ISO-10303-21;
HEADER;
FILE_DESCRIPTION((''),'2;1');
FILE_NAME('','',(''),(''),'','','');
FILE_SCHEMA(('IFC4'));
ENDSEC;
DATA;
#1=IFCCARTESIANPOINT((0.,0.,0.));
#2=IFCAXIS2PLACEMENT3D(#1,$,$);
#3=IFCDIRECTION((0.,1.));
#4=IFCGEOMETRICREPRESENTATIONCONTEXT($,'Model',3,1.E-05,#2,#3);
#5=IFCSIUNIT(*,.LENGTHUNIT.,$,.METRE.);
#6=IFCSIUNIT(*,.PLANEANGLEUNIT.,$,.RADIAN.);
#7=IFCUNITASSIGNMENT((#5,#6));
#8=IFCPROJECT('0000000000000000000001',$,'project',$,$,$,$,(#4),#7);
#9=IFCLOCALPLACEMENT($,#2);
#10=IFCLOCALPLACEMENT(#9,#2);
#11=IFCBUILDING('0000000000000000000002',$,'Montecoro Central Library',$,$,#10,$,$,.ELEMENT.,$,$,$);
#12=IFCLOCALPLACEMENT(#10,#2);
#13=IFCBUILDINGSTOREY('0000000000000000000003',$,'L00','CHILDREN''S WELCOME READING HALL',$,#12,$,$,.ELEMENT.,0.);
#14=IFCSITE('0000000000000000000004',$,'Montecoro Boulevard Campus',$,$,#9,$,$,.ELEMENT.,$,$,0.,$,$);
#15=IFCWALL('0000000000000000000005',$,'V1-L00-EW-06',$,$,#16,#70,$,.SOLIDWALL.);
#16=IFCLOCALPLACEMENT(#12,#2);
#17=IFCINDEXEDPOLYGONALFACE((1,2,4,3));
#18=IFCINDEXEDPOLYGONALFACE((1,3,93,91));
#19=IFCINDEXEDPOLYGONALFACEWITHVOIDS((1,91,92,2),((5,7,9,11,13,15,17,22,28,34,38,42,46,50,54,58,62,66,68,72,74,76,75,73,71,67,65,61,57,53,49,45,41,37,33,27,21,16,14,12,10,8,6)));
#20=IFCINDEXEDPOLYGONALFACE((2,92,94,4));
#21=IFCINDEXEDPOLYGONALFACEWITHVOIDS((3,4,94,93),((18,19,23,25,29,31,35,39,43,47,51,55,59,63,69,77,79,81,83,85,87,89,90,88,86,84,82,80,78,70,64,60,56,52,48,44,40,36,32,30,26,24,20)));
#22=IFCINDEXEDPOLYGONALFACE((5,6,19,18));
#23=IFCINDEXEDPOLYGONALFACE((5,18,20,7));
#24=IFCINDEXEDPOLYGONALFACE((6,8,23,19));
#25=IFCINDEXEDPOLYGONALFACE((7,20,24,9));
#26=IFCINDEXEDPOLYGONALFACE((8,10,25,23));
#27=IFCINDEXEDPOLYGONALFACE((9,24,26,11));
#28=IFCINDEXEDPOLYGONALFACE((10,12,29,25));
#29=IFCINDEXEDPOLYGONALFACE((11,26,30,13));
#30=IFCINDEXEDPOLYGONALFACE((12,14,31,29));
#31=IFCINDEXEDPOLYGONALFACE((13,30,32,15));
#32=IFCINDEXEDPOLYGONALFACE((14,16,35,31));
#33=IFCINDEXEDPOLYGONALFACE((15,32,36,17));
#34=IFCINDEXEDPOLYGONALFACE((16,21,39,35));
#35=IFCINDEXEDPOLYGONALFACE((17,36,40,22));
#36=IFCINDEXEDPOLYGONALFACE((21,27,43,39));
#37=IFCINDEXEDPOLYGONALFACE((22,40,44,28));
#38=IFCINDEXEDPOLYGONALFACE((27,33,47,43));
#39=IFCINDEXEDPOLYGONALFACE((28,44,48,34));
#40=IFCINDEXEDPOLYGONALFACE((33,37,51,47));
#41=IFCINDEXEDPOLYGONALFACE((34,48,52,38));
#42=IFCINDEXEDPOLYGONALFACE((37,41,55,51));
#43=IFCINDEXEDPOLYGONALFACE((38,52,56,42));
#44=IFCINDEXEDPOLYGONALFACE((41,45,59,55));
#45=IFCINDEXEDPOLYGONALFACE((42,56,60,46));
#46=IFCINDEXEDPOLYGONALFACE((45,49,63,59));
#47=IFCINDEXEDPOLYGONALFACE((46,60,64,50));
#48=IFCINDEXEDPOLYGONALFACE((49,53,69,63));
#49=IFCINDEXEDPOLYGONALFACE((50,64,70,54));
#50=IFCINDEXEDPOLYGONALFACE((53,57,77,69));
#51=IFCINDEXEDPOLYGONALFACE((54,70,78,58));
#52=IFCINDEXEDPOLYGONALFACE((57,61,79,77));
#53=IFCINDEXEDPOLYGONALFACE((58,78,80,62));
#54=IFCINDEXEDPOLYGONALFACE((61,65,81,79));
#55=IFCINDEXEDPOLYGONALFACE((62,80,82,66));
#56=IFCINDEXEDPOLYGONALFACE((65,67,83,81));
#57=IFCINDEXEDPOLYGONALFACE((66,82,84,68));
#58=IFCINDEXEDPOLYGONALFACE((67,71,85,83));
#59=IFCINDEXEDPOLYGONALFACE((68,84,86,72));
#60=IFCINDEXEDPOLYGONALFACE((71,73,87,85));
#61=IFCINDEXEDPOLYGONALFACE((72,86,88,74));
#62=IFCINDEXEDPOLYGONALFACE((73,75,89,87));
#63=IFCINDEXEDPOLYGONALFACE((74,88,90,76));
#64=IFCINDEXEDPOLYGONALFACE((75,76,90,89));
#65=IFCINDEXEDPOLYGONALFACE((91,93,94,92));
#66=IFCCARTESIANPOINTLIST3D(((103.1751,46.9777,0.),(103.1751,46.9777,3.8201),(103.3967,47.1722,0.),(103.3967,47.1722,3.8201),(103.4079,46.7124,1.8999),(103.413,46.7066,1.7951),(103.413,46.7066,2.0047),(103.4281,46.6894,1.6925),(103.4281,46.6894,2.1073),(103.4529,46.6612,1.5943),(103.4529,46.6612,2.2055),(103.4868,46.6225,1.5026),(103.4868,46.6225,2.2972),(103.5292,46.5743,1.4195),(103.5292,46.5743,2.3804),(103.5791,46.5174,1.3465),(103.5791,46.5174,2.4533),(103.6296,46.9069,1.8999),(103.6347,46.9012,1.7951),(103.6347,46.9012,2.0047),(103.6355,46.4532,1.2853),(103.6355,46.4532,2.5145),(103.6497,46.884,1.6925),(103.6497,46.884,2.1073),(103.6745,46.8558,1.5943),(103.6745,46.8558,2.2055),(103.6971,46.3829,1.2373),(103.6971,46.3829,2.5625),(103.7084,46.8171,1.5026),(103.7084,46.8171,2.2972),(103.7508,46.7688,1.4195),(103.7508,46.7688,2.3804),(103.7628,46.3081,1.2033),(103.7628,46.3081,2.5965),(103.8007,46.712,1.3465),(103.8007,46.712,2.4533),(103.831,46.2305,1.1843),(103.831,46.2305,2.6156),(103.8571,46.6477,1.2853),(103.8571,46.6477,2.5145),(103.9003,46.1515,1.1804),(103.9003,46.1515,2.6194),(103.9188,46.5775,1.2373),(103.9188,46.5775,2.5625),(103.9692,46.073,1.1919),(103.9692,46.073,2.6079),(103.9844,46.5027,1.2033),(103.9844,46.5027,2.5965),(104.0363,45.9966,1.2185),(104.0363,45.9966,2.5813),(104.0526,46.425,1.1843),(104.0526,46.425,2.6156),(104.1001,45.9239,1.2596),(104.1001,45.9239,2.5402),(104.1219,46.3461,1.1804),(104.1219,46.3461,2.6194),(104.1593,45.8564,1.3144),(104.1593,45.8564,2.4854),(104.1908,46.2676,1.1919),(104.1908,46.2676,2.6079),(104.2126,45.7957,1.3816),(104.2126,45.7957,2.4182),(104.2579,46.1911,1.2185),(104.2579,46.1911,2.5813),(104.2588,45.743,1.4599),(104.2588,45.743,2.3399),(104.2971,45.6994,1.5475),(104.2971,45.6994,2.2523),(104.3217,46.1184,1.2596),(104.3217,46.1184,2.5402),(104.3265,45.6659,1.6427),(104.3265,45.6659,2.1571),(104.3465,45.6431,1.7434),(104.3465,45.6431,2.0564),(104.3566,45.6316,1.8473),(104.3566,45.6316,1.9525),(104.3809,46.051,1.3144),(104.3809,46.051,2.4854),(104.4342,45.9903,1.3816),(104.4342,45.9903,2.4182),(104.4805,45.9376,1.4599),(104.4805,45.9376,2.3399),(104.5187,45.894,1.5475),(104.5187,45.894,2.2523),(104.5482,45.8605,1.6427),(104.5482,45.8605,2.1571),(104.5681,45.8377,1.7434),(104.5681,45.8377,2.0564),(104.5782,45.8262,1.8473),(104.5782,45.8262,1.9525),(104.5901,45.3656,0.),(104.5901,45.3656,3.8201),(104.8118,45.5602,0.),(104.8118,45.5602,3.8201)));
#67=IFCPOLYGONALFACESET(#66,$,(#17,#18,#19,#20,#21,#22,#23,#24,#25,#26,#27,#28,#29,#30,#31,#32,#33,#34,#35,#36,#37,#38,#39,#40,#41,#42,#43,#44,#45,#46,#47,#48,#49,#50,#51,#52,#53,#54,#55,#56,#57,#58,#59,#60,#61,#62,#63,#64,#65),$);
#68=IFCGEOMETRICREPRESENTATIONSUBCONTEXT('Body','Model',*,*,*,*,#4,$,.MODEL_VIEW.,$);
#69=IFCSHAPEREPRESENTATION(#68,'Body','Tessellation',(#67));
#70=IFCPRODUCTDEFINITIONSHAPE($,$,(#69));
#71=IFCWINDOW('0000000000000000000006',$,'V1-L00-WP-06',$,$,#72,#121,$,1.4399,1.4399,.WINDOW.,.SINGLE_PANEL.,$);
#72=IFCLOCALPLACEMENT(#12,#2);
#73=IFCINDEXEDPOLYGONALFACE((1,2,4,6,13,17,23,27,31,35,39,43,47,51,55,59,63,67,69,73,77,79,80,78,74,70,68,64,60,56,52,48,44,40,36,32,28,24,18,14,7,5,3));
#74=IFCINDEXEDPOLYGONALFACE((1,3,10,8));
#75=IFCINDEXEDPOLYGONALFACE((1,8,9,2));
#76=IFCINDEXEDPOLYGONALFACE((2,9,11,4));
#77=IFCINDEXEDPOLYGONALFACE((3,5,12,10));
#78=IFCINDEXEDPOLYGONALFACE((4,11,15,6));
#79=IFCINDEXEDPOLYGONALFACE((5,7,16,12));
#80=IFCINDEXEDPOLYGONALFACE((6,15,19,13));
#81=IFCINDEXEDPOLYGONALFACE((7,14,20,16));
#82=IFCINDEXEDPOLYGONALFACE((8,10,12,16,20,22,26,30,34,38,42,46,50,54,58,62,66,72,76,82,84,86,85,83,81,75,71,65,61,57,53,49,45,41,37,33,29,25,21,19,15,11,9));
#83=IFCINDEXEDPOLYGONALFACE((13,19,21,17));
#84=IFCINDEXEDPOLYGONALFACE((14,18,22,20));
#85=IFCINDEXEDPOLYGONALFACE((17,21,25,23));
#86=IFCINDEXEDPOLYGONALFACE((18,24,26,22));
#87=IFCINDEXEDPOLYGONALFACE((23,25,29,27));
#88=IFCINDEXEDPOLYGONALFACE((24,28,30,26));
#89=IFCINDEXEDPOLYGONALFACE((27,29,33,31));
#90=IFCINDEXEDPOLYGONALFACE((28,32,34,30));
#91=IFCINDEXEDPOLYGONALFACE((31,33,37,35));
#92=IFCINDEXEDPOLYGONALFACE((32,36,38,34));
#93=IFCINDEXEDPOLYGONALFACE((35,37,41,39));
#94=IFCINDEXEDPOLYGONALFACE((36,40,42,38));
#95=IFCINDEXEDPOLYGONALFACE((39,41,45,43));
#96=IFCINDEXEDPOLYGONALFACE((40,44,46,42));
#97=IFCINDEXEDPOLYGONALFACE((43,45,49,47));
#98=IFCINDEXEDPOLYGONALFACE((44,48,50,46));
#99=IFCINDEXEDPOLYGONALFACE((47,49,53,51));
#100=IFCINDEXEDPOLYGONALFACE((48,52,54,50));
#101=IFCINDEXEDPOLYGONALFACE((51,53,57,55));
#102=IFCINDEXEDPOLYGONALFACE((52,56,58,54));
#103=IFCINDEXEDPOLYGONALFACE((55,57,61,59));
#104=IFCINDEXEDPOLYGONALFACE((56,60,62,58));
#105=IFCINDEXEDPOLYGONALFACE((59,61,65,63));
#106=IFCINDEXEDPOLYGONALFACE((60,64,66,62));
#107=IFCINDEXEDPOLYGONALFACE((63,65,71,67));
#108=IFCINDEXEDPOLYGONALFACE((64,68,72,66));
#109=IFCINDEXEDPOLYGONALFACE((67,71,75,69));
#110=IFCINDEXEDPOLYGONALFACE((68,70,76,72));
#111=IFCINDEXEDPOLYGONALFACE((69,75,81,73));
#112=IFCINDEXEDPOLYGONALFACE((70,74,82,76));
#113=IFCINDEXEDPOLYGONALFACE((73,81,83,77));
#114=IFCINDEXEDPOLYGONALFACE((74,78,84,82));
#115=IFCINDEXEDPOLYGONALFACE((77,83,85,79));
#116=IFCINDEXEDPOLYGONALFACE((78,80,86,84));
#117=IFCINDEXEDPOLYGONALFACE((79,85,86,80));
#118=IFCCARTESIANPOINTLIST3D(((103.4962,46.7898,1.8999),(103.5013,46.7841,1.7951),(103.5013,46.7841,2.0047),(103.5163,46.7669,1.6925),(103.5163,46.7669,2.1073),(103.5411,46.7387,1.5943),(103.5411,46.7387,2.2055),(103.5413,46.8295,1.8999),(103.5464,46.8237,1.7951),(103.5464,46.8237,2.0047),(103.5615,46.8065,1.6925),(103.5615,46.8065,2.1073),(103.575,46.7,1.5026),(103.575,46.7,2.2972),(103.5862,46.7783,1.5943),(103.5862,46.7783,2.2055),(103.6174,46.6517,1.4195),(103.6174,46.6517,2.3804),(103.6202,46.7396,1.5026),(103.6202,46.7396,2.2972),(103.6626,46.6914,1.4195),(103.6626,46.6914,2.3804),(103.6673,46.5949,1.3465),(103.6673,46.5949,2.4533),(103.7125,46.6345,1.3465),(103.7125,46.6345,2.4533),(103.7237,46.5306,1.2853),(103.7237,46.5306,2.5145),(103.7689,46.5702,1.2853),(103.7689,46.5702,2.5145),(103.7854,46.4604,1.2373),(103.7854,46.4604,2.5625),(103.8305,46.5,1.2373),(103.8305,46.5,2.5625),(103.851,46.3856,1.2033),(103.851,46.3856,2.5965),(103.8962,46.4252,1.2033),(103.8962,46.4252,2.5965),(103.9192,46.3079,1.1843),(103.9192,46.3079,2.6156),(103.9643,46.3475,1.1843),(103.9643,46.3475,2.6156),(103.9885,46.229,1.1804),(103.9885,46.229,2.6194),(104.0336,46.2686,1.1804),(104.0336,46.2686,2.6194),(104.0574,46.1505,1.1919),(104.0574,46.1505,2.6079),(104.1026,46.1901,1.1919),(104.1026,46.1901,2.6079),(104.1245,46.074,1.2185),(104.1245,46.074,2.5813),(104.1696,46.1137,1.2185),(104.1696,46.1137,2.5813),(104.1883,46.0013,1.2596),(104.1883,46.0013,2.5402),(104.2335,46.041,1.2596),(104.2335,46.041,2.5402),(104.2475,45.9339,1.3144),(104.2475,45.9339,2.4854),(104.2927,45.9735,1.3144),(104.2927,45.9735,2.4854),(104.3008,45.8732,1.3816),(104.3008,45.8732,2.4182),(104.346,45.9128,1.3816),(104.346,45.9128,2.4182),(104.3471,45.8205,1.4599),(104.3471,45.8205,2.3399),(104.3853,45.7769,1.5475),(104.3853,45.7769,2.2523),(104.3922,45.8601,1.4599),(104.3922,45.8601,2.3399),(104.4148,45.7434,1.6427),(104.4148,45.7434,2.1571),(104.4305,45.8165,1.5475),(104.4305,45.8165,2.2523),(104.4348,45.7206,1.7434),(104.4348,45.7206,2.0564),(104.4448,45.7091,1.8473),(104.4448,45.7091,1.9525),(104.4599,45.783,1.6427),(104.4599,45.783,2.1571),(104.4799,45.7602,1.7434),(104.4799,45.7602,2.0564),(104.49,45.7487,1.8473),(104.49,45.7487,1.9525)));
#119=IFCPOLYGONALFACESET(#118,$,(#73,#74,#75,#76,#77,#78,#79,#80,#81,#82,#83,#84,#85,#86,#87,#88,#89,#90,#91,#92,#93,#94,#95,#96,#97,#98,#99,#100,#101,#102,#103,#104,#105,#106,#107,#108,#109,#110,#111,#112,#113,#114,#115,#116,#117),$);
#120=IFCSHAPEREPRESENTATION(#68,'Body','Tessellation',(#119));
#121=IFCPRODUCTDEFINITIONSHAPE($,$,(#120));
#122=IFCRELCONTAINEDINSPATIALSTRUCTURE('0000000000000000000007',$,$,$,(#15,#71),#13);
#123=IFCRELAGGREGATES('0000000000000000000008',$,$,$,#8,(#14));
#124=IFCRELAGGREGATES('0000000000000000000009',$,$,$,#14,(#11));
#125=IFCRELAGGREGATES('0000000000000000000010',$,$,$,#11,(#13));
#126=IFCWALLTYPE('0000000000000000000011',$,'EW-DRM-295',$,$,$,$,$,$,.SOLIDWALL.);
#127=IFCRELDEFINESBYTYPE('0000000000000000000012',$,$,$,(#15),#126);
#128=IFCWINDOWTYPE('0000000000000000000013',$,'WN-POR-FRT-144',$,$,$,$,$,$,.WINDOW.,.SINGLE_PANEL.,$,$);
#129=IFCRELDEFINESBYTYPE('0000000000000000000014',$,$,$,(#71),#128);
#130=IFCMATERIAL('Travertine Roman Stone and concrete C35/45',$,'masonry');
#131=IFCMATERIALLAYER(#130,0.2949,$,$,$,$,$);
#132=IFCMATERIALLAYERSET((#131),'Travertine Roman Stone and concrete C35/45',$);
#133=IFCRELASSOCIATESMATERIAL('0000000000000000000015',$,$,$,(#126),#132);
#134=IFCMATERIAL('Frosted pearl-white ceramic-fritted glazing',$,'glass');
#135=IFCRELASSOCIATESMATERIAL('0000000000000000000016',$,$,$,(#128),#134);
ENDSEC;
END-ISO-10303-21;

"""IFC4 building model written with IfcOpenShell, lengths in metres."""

from ifc_helpers import new_model, si_unit, direction, frame, frame_2d, origin, place, context, subcontext, project, spatial, rectangle, circle, extrude, material, layer, layer_set, type_object, element, fill, save


model = new_model("IFC4")

# Units and contexts
model_context = context("Model", 3, precision=1e-05, world=origin(), true_north=direction((0.0, 1.0)))
body_context = subcontext(model_context, "Body", "Model", "MODEL_VIEW")
ifc_project = project(units=[si_unit("LENGTHUNIT", "METRE"), si_unit("PLANEANGLEUNIT", "RADIAN")], contexts=[model_context])

# Site, building, storey
site_placement = place(None, origin())
site = spatial("IfcSite", under=ifc_project, at=site_placement, Name="Montecoro Boulevard Campus", CompositionType="ELEMENT", RefElevation=0.0)
building_placement = place(site_placement, origin())
building = spatial("IfcBuilding", under=site, at=building_placement, Name="Montecoro Central Library", CompositionType="ELEMENT")
storey_placement = place(building_placement, origin())
storey = spatial("IfcBuildingStorey", under=building, at=storey_placement, Name="L00", Description="CHILDREN'S WELCOME READING HALL", CompositionType="ELEMENT", Elevation=0.0)

# Wall, opening, window
ifc_material_1 = material(Name="Travertine Roman Stone and concrete C35/45", Category="masonry")
ifc_layer_1 = layer(ifc_material_1, 0.2949)
ifc_layer_set_1 = layer_set([ifc_layer_1], Name="Travertine Roman Stone and concrete C35/45")
wall_type = type_object("IfcWallType", Name="EW-DRM-295", PredefinedType="SOLIDWALL", material=ifc_layer_set_1)
ifc_material_2 = material(Name="Frosted pearl-white ceramic-fritted glazing", Category="glass")
window_type_1 = type_object("IfcWindowType", Name="WN-POR-FRT-144", PartitioningType="SINGLE_PANEL", PredefinedType="WINDOW", material=ifc_material_2)
wall_1_placement = place(storey_placement, frame((104.7009, 45.4629, 0.0), z_axis=(0.0, 0.0, 1.0), x_axis=(-0.659688, 0.751539, 0.0)))
wall_1 = element("IfcWall", 1, at=wall_1_placement, inside=storey, type_object=wall_type, Name="V1-L00-EW-06", PredefinedType="SOLIDWALL", context=body_context, shape_type="SweptSolid", body=[
    extrude(rectangle(XDim=2.145, YDim=0.2949, at=frame_2d((1.0725, 0.0))), origin(), (0.0, 0.0, 1.0), 3.8201),
])
opening_1_placement = place(wall_1_placement, frame((0.3521, 0.0, 1.1799)))
opening_1 = element("IfcOpeningElement", 2, at=opening_1_placement, cuts=wall_1, PredefinedType="OPENING", context=body_context, shape_type="SweptSolid", body=[
    extrude(circle(Radius=0.72, at=frame_2d((0.72, 0.72))), frame((0.0, 0.1575, 0.0), z_axis=(0.0, -1.0, 0.0), x_axis=(1.0, 0.0, 0.0)), (0.0, 0.0, 1.0), 0.3149),
])
window_1_placement = place(opening_1_placement, origin())
window_1 = element("IfcWindow", 3, at=window_1_placement, inside=storey, type_object=window_type_1, Name="V1-L00-WP-06", OverallHeight=1.4399, OverallWidth=1.4399, PartitioningType="SINGLE_PANEL", PredefinedType="WINDOW", context=body_context, shape_type="SweptSolid", body=[
    extrude(circle(Radius=0.72, at=frame_2d((0.72, 0.72))), frame((0.0, 0.03, 0.0), z_axis=(0.0, -1.0, 0.0), x_axis=(1.0, 0.0, 0.0)), (0.0, 0.0, 1.0), 0.0601),
])
fill(opening_1, window_1)

save(model, "model.ifc")
